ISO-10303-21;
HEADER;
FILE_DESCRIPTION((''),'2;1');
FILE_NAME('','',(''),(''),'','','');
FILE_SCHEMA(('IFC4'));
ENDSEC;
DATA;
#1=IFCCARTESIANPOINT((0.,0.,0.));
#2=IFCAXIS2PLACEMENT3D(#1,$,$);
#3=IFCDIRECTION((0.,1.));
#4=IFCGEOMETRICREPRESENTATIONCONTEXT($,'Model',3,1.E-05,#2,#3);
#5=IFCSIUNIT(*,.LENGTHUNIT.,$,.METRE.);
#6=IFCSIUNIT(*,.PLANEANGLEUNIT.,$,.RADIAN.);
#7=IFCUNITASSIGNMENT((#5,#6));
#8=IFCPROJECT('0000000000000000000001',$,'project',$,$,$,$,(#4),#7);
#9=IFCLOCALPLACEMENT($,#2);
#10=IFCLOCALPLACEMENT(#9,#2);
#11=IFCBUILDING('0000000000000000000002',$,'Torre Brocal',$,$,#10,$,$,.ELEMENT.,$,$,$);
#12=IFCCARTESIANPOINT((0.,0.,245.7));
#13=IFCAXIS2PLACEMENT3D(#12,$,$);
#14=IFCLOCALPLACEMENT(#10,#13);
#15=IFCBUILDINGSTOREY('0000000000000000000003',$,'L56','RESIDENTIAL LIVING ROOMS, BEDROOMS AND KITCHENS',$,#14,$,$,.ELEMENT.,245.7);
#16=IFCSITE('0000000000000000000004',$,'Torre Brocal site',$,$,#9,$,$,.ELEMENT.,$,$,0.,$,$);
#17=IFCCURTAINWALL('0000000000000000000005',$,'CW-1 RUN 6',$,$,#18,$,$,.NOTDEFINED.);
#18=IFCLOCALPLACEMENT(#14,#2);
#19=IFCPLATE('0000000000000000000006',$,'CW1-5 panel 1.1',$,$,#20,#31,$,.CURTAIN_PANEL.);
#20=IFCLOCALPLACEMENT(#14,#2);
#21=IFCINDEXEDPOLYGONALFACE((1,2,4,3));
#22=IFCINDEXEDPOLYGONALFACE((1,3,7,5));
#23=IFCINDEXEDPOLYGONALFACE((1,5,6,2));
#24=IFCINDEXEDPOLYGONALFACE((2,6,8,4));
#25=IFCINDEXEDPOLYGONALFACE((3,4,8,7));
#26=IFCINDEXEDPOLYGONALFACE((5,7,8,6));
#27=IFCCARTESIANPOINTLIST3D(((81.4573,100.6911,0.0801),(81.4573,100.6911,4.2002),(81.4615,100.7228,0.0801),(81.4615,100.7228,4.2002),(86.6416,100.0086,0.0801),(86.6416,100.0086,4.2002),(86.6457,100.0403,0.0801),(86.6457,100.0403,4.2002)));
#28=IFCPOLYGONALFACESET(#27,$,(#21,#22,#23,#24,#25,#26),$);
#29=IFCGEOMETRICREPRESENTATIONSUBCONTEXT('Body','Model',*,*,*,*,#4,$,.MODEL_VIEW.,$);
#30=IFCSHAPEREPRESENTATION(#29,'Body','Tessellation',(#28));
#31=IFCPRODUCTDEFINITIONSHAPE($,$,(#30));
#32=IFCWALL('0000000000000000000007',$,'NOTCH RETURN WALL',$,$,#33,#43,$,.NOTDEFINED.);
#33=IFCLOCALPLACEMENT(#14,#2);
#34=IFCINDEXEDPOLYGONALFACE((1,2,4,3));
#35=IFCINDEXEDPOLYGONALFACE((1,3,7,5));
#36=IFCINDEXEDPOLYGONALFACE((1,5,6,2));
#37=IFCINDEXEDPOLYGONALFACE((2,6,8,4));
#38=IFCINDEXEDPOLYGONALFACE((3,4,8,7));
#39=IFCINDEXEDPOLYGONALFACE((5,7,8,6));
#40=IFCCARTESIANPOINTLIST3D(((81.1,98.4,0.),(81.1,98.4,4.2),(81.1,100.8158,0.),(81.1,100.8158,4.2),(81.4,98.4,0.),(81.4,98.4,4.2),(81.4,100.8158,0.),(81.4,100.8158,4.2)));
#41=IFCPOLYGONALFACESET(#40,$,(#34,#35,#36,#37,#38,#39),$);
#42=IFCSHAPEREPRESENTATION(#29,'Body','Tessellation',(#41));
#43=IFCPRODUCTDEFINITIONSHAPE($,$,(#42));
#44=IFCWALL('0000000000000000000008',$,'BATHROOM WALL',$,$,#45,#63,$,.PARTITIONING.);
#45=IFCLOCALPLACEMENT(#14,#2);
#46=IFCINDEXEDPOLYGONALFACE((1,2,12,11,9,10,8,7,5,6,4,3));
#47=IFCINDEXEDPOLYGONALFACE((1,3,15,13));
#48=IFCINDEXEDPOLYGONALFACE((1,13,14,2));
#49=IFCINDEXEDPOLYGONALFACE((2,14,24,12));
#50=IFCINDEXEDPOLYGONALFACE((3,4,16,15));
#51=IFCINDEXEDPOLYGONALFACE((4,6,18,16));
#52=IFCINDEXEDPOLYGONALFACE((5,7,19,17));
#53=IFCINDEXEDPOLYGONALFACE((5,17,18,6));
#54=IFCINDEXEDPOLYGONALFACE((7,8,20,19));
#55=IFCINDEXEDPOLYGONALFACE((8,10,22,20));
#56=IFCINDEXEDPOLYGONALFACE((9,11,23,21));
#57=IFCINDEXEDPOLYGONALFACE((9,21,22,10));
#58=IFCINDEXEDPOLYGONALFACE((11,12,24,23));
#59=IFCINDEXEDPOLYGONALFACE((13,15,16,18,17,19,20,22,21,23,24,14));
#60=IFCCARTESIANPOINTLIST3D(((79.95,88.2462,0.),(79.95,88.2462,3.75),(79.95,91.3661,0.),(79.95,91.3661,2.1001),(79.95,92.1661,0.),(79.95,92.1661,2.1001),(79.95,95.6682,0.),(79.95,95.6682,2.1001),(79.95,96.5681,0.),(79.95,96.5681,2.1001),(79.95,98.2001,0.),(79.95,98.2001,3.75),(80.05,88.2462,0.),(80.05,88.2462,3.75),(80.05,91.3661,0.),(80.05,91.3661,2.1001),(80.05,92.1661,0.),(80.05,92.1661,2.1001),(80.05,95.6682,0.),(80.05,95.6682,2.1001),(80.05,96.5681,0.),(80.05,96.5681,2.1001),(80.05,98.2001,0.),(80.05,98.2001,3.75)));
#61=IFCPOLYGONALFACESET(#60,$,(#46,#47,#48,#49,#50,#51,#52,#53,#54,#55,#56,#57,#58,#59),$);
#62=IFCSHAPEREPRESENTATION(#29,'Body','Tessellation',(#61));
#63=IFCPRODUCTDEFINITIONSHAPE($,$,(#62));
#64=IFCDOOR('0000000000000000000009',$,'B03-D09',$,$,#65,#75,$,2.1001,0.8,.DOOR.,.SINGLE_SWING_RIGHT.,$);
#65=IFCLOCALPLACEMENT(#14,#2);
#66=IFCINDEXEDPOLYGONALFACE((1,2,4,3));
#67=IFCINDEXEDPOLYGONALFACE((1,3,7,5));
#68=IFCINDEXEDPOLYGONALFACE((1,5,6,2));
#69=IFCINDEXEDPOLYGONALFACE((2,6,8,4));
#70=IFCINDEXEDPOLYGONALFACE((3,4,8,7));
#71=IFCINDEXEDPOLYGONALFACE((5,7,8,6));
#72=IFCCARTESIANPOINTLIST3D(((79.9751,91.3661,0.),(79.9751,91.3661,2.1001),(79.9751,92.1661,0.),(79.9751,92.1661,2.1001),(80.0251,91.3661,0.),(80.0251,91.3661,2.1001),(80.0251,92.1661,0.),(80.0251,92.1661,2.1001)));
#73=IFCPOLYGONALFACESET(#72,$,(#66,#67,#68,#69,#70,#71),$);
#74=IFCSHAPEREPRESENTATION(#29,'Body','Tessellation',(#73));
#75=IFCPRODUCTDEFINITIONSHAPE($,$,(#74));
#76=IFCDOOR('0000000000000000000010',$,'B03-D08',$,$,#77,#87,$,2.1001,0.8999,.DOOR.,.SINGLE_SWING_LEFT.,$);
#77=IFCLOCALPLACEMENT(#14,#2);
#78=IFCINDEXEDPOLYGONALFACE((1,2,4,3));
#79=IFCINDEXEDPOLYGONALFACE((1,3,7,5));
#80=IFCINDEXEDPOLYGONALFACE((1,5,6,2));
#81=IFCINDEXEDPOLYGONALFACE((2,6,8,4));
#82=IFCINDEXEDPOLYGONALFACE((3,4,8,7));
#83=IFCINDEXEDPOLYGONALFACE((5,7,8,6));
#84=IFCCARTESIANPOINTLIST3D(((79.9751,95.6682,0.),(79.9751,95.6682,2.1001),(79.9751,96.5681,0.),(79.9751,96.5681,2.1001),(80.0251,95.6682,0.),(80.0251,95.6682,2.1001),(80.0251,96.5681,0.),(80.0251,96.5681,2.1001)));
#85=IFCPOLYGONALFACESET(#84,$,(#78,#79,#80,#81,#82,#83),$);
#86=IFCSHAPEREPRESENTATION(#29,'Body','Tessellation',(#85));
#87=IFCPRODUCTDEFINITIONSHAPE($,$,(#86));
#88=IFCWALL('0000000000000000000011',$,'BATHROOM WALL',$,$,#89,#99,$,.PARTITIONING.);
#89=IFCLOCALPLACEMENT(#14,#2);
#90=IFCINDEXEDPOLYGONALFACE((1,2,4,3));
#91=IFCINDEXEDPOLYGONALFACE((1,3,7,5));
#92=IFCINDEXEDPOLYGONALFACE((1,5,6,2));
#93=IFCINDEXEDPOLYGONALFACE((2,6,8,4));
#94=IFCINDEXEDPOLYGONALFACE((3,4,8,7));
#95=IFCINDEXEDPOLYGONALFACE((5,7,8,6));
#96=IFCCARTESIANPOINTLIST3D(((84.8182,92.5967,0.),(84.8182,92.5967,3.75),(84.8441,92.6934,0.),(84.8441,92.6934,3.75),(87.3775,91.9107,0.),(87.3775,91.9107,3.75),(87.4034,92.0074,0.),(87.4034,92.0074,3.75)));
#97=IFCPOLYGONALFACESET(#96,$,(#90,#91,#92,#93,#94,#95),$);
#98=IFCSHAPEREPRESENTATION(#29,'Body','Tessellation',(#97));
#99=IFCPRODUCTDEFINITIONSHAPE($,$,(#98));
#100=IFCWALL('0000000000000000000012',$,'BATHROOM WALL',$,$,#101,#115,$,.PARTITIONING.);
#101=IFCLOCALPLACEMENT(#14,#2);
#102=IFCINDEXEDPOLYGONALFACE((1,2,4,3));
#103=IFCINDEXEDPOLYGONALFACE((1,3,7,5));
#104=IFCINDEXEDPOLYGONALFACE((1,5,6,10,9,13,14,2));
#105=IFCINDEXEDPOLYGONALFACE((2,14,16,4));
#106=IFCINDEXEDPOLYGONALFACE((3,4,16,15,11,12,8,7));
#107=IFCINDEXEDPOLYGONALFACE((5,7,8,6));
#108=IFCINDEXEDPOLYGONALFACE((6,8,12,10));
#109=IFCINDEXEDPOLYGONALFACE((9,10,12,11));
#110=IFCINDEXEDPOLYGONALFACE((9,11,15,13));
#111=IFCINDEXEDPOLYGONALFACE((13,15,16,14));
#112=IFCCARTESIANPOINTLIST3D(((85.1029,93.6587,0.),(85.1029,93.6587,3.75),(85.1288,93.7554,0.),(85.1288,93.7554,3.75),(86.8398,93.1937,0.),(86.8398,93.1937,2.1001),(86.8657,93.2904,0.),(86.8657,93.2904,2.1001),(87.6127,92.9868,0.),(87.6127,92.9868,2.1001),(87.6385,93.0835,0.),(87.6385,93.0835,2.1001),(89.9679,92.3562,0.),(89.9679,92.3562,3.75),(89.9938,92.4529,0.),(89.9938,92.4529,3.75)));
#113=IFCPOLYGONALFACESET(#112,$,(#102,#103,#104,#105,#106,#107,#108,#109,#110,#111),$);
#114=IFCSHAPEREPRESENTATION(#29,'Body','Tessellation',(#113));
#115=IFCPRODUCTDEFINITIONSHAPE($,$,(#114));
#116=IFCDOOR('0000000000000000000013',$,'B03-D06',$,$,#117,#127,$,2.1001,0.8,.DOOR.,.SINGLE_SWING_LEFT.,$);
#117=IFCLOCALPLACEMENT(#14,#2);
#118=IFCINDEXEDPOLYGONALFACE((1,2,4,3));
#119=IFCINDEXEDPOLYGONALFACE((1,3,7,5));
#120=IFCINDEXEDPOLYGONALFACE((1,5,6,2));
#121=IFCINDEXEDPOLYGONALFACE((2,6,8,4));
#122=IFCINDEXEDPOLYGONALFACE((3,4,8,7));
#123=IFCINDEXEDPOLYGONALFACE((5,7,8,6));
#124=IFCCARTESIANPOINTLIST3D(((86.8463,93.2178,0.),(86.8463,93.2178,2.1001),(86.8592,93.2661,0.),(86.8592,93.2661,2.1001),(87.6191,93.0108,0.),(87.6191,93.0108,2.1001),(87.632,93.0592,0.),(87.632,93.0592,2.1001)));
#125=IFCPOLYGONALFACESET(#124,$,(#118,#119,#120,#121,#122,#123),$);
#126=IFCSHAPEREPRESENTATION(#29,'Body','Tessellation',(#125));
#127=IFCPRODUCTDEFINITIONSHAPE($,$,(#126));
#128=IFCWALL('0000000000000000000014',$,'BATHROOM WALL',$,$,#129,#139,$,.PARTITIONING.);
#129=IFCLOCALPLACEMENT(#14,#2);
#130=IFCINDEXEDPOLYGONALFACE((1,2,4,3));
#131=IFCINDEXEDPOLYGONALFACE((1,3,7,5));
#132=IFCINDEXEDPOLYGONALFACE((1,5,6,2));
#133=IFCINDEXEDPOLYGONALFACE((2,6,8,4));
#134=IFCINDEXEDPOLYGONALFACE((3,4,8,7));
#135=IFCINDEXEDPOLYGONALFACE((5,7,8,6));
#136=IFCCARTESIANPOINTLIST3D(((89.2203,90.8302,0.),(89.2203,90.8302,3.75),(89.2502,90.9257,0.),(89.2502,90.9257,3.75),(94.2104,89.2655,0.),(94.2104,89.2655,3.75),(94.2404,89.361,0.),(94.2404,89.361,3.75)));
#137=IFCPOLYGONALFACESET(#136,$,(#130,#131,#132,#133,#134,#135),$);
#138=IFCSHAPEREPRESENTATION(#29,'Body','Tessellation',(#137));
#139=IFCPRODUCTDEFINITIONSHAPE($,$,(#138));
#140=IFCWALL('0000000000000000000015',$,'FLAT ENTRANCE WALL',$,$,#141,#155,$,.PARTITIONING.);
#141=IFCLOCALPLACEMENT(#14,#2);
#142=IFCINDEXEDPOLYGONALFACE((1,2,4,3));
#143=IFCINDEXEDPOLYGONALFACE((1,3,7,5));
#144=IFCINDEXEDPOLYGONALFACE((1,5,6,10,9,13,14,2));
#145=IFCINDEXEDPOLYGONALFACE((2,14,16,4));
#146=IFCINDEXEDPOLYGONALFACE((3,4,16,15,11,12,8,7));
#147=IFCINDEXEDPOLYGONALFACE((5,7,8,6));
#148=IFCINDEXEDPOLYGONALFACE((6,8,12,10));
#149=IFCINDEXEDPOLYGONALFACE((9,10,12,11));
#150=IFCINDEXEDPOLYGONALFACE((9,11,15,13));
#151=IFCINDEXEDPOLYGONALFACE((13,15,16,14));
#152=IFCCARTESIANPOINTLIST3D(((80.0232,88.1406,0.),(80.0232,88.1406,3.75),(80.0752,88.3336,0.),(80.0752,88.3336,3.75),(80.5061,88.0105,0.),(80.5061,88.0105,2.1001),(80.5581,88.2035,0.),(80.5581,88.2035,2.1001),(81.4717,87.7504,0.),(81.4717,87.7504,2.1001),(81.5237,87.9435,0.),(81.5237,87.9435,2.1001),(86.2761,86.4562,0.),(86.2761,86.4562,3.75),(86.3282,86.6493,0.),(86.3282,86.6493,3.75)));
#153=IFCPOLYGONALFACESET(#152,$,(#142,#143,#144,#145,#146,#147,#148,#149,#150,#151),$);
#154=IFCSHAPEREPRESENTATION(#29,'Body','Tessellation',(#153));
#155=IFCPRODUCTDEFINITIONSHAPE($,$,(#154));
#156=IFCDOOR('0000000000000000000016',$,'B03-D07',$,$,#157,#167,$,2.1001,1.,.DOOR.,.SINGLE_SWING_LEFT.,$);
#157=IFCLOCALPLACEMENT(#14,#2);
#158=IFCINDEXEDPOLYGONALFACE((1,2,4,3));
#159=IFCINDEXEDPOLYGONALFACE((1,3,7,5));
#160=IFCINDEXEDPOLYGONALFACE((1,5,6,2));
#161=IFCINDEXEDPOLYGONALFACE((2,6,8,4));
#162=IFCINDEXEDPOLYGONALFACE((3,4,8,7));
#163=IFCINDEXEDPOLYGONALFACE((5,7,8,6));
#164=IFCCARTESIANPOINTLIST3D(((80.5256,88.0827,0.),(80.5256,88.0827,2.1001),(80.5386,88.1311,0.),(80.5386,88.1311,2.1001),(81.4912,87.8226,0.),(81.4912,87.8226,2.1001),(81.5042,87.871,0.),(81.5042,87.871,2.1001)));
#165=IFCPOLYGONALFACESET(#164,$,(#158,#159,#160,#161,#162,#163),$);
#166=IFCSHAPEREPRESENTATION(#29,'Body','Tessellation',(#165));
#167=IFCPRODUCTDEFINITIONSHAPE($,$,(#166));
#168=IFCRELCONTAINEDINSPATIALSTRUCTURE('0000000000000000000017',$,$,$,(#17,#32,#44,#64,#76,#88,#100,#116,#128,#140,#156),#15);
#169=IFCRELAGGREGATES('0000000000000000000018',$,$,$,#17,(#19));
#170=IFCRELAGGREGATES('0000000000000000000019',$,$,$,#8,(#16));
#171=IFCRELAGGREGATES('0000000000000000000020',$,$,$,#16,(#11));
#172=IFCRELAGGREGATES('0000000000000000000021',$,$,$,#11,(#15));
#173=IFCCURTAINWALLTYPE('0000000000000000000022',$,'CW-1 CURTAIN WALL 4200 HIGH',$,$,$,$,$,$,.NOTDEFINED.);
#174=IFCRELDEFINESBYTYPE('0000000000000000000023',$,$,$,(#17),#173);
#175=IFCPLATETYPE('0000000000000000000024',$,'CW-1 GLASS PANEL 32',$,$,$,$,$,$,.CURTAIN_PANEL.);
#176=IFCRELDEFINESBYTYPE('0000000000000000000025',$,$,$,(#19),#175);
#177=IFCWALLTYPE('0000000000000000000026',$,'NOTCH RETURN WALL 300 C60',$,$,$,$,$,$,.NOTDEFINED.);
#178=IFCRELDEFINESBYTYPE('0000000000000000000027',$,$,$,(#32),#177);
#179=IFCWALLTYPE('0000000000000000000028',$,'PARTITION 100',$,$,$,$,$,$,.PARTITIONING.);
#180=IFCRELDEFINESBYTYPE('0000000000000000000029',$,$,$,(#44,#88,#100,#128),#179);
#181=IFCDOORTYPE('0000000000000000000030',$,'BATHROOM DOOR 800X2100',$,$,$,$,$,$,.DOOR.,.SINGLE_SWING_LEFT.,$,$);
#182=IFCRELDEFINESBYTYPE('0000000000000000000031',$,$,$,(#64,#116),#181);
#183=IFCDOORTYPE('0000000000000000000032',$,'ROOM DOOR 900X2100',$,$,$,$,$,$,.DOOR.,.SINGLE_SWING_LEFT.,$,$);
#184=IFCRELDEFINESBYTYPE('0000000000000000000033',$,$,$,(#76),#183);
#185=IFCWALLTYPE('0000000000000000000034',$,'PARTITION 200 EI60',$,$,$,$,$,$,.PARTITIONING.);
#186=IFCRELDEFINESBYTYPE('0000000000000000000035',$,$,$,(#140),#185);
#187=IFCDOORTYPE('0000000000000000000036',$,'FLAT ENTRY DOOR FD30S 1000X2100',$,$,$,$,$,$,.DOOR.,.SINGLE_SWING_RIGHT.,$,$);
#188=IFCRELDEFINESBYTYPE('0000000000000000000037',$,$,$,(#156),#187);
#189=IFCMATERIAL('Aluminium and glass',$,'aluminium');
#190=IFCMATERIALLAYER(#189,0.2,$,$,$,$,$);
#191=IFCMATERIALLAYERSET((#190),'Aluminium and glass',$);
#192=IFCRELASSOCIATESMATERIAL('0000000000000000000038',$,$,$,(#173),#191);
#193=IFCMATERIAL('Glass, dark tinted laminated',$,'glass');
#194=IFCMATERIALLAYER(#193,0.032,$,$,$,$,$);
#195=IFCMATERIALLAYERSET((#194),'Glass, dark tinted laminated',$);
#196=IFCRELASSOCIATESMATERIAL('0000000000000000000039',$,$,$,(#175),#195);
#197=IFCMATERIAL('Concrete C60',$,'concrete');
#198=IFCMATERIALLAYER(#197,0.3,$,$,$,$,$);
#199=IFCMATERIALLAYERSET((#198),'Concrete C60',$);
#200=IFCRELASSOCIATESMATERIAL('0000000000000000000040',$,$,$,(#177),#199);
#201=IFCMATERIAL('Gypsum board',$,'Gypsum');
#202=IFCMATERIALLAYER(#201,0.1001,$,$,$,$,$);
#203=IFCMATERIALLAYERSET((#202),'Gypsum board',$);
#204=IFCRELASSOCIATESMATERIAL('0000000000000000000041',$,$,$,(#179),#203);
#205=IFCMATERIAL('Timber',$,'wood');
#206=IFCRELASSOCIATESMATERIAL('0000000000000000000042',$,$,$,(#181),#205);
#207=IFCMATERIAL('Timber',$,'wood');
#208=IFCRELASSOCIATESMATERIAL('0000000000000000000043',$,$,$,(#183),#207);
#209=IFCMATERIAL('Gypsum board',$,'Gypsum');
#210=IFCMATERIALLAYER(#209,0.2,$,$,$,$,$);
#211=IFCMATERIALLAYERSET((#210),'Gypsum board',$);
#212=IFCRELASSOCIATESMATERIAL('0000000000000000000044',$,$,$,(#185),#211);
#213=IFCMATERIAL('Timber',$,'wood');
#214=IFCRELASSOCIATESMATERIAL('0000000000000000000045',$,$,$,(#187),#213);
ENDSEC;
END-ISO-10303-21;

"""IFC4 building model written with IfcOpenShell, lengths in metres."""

from ifc_helpers import new_model, si_unit, direction, frame, frame_2d, origin, origin_2d, place, context, subcontext, project, spatial, rectangle, extrude, material, layer, layer_set, type_object, element, fill, aggregate, save


model = new_model("IFC4")

# Units and contexts
model_context = context("Model", 3, precision=1e-05, world=origin(), true_north=direction((0.0, 1.0)))
body_context = subcontext(model_context, "Body", "Model", "MODEL_VIEW")
ifc_project = project(units=[si_unit("LENGTHUNIT", "METRE"), si_unit("PLANEANGLEUNIT", "RADIAN")], contexts=[model_context])

# Site, building, storey
site_placement = place(None, origin())
site = spatial("IfcSite", under=ifc_project, at=site_placement, Name="Torre Brocal site", CompositionType="ELEMENT", RefElevation=0.0)
building_placement = place(site_placement, origin())
building = spatial("IfcBuilding", under=site, at=building_placement, Name="Torre Brocal", CompositionType="ELEMENT")
storey_placement = place(building_placement, frame((0.0, 0.0, 245.7)))
storey = spatial("IfcBuildingStorey", under=building, at=storey_placement, Name="L56", Description="RESIDENTIAL LIVING ROOMS, BEDROOMS AND KITCHENS", CompositionType="ELEMENT", Elevation=245.7)

# Shared definitions
ifc_material_1 = material(Name="Aluminium and glass", Category="aluminium")
ifc_layer_1 = layer(ifc_material_1, 0.2)
ifc_layer_set_1 = layer_set([ifc_layer_1], Name="Aluminium and glass")
curtain_wall_type = type_object("IfcCurtainWallType", Name="CW-1 CURTAIN WALL 4200 HIGH", PredefinedType="NOTDEFINED", material=ifc_layer_set_1)

# Curtain wall
curtain_wall_1_placement = place(storey_placement, origin())
curtain_wall_1 = element("IfcCurtainWall", 1, at=curtain_wall_1_placement, inside=storey, type_object=curtain_wall_type, Name="CW-1 RUN 6", PredefinedType="NOTDEFINED")

# Plate
ifc_material_2 = material(Name="Glass, dark tinted laminated", Category="glass")
ifc_layer_2 = layer(ifc_material_2, 0.032)
ifc_layer_set_2 = layer_set([ifc_layer_2], Name="Glass, dark tinted laminated")
plate_type = type_object("IfcPlateType", Name="CW-1 GLASS PANEL 32", PredefinedType="CURTAIN_PANEL", material=ifc_layer_set_2)
plate_1_placement = place(storey_placement, frame((84.0515, 100.3657, 0.0801), z_axis=(0.0, 0.0, 1.0), x_axis=(-0.991445, 0.130526, 0.0)))
plate_1 = element("IfcPlate", 2, at=plate_1_placement, type_object=plate_type, Name="CW1-5 panel 1.1", PredefinedType="CURTAIN_PANEL", context=body_context, shape_type="SweptSolid", body=[
    extrude(rectangle(XDim=5.229, YDim=0.032, at=origin_2d()), origin(), (0.0, 0.0, 1.0), 4.1201),
])
aggregate(curtain_wall_1, [plate_1])

# Wall
ifc_material_3 = material(Name="Concrete C60", Category="concrete")
ifc_layer_3 = layer(ifc_material_3, 0.3)
ifc_layer_set_3 = layer_set([ifc_layer_3], Name="Concrete C60")
wall_type_1 = type_object("IfcWallType", Name="NOTCH RETURN WALL 300 C60", PredefinedType="NOTDEFINED", material=ifc_layer_set_3)
wall_1_placement = place(storey_placement, frame((81.25, 98.3999, 0.0), z_axis=(0.0, 0.0, 1.0), x_axis=(0.0, 1.0, 0.0)))
element("IfcWall", 3, at=wall_1_placement, inside=storey, type_object=wall_type_1, Name="NOTCH RETURN WALL", PredefinedType="NOTDEFINED", context=body_context, shape_type="SweptSolid", body=[
    extrude(rectangle(XDim=2.4158, YDim=0.3, at=frame_2d((1.208, 0.0))), origin(), (0.0, 0.0, 1.0), 4.2),
])

# Wall, openings, doors
ifc_material_4 = material(Name="Gypsum board", Category="Gypsum")
ifc_layer_4 = layer(ifc_material_4, 0.1001)
ifc_layer_set_4 = layer_set([ifc_layer_4], Name="Gypsum board")
wall_type_2 = type_object("IfcWallType", Name="PARTITION 100", PredefinedType="PARTITIONING", material=ifc_layer_set_4)
wall_2_placement = place(storey_placement, frame((80.0, 88.2461, 0.0), z_axis=(0.0, 0.0, 1.0), x_axis=(0.0, 1.0, 0.0)))
wall_2 = element("IfcWall", 4, at=wall_2_placement, inside=storey, type_object=wall_type_2, Name="BATHROOM WALL", PredefinedType="PARTITIONING", context=body_context, shape_type="SweptSolid", body=[
    extrude(rectangle(XDim=9.9539, YDim=0.1001, at=frame_2d((4.9771, 0.0))), origin(), (0.0, 0.0, 1.0), 3.75),
])
opening_1_placement = place(wall_2_placement, frame((7.4221, 0.0, 0.0)))
opening_1 = element("IfcOpeningElement", 5, at=opening_1_placement, cuts=wall_2, PredefinedType="OPENING", context=body_context, shape_type="SweptSolid", body=[
    extrude(rectangle(XDim=0.8999, YDim=2.1001, at=frame_2d((0.45, 1.05))), frame((0.0, 0.0601, 0.0), z_axis=(0.0, -1.0, 0.0), x_axis=(1.0, 0.0, 0.0)), (0.0, 0.0, 1.0), 0.1201),
])
opening_2_placement = place(wall_2_placement, frame((3.1201, 0.0, 0.0)))
opening_2 = element("IfcOpeningElement", 6, at=opening_2_placement, cuts=wall_2, PredefinedType="OPENING", context=body_context, shape_type="SweptSolid", body=[
    extrude(rectangle(XDim=0.8, YDim=2.1001, at=frame_2d((0.3999, 1.05))), frame((0.0, 0.0601, 0.0), z_axis=(0.0, -1.0, 0.0), x_axis=(1.0, 0.0, 0.0)), (0.0, 0.0, 1.0), 0.1201),
])
ifc_material_5 = material(Name="Timber", Category="wood")
door_type_1 = type_object("IfcDoorType", Name="BATHROOM DOOR 800X2100", OperationType="SINGLE_SWING_LEFT", PredefinedType="DOOR", material=ifc_material_5)
door_1_placement = place(opening_2_placement, origin())
door_1 = element("IfcDoor", 7, at=door_1_placement, inside=storey, type_object=door_type_1, Name="B03-D09", OperationType="SINGLE_SWING_RIGHT", OverallHeight=2.1001, OverallWidth=0.8, PredefinedType="DOOR", context=body_context, shape_type="SweptSolid", body=[
    extrude(rectangle(XDim=0.8, YDim=2.1001, at=frame_2d((0.3999, 1.05))), frame((0.0, 0.0249, 0.0), z_axis=(0.0, -1.0, 0.0), x_axis=(1.0, 0.0, 0.0)), (0.0, 0.0, 1.0), 0.05),
])
fill(opening_2, door_1)
ifc_material_6 = material(Name="Timber", Category="wood")
door_type_2 = type_object("IfcDoorType", Name="ROOM DOOR 900X2100", OperationType="SINGLE_SWING_LEFT", PredefinedType="DOOR", material=ifc_material_6)
door_2_placement = place(opening_1_placement, origin())
door_2 = element("IfcDoor", 8, at=door_2_placement, inside=storey, type_object=door_type_2, Name="B03-D08", OperationType="SINGLE_SWING_LEFT", OverallHeight=2.1001, OverallWidth=0.8999, PredefinedType="DOOR", context=body_context, shape_type="SweptSolid", body=[
    extrude(rectangle(XDim=0.8999, YDim=2.1001, at=frame_2d((0.45, 1.05))), frame((0.0, 0.0249, 0.0), z_axis=(0.0, -1.0, 0.0), x_axis=(1.0, 0.0, 0.0)), (0.0, 0.0, 1.0), 0.05),
])
fill(opening_1, door_2)

# Wall
wall_3_placement = place(storey_placement, frame((84.8313, 92.645, 0.0), z_axis=(0.0, 0.0, 1.0), x_axis=(0.965901, -0.258913, 0.0)))
element("IfcWall", 9, at=wall_3_placement, inside=storey, type_object=wall_type_2, Name="BATHROOM WALL", PredefinedType="PARTITIONING", context=body_context, shape_type="SweptSolid", body=[
    extrude(rectangle(XDim=2.6497, YDim=0.1001, at=frame_2d((1.3247, 0.0))), origin(), (0.0, 0.0, 1.0), 3.75),
])

# Wall, opening, door
wall_4_placement = place(storey_placement, frame((85.116, 93.707, 0.0), z_axis=(0.0, 0.0, 1.0), x_axis=(0.965979, -0.258619, 0.0)))
wall_4 = element("IfcWall", 10, at=wall_4_placement, inside=storey, type_object=wall_type_2, Name="BATHROOM WALL", PredefinedType="PARTITIONING", context=body_context, shape_type="SweptSolid", body=[
    extrude(rectangle(XDim=5.0364, YDim=0.1001, at=frame_2d((2.5181, 0.0))), origin(), (0.0, 0.0, 1.0), 3.75),
])
opening_3_placement = place(wall_4_placement, frame((1.7981, 0.0, 0.0)))
opening_3 = element("IfcOpeningElement", 11, at=opening_3_placement, cuts=wall_4, PredefinedType="OPENING", context=body_context, shape_type="SweptSolid", body=[
    extrude(rectangle(XDim=0.8, YDim=2.1001, at=frame_2d((0.3999, 1.05))), frame((0.0, 0.0601, 0.0), z_axis=(0.0, -1.0, 0.0), x_axis=(1.0, 0.0, 0.0)), (0.0, 0.0, 1.0), 0.1201),
])
door_3_placement = place(opening_3_placement, origin())
door_3 = element("IfcDoor", 12, at=door_3_placement, inside=storey, type_object=door_type_1, Name="B03-D06", OperationType="SINGLE_SWING_LEFT", OverallHeight=2.1001, OverallWidth=0.8, PredefinedType="DOOR", context=body_context, shape_type="SweptSolid", body=[
    extrude(rectangle(XDim=0.8, YDim=2.1001, at=frame_2d((0.3999, 1.05))), frame((0.0, 0.0249, 0.0), z_axis=(0.0, -1.0, 0.0), x_axis=(1.0, 0.0, 0.0)), (0.0, 0.0, 1.0), 0.05),
])
fill(opening_3, door_3)

# Wall
wall_5_placement = place(storey_placement, frame((89.2354, 90.8779, 0.0), z_axis=(0.0, 0.0, 1.0), x_axis=(0.954194, -0.299189, 0.0)))
element("IfcWall", 13, at=wall_5_placement, inside=storey, type_object=wall_type_2, Name="BATHROOM WALL", PredefinedType="PARTITIONING", context=body_context, shape_type="SweptSolid", body=[
    extrude(rectangle(XDim=5.2297, YDim=0.1001, at=frame_2d((2.6147, 0.0))), origin(), (0.0, 0.0, 1.0), 3.75),
])

# Wall, opening, door
ifc_material_7 = material(Name="Gypsum board", Category="Gypsum")
ifc_layer_5 = layer(ifc_material_7, 0.2)
ifc_layer_set_5 = layer_set([ifc_layer_5], Name="Gypsum board")
wall_type_3 = type_object("IfcWallType", Name="PARTITION 200 EI60", PredefinedType="PARTITIONING", material=ifc_layer_set_5)
wall_6_placement = place(storey_placement, frame((80.0493, 88.2371, 0.0), z_axis=(0.0, 0.0, 1.0), x_axis=(0.965583, -0.260095, 0.0)))
wall_6 = element("IfcWall", 14, at=wall_6_placement, inside=storey, type_object=wall_type_3, Name="FLAT ENTRANCE WALL", PredefinedType="PARTITIONING", context=body_context, shape_type="SweptSolid", body=[
    extrude(rectangle(XDim=6.4758, YDim=0.2, at=frame_2d((3.2378, 0.0))), origin(), (0.0, 0.0, 1.0), 3.75),
])
opening_4_placement = place(wall_6_placement, frame((0.5, 0.0, 0.0)))
opening_4 = element("IfcOpeningElement", 15, at=opening_4_placement, cuts=wall_6, PredefinedType="OPENING", context=body_context, shape_type="SweptSolid", body=[
    extrude(rectangle(XDim=1.0, YDim=2.1001, at=frame_2d((0.5, 1.05))), frame((0.0, 0.1099, 0.0), z_axis=(0.0, -1.0, 0.0), x_axis=(1.0, 0.0, 0.0)), (0.0, 0.0, 1.0), 0.22),
])
ifc_material_8 = material(Name="Timber", Category="wood")
door_type_3 = type_object("IfcDoorType", Name="FLAT ENTRY DOOR FD30S 1000X2100", OperationType="SINGLE_SWING_RIGHT", PredefinedType="DOOR", material=ifc_material_8)
door_4_placement = place(opening_4_placement, origin())
door_4 = element("IfcDoor", 16, at=door_4_placement, inside=storey, type_object=door_type_3, Name="B03-D07", OperationType="SINGLE_SWING_LEFT", OverallHeight=2.1001, OverallWidth=1.0, PredefinedType="DOOR", context=body_context, shape_type="SweptSolid", body=[
    extrude(rectangle(XDim=1.0, YDim=2.1001, at=frame_2d((0.5, 1.05))), frame((0.0, 0.0249, 0.0), z_axis=(0.0, -1.0, 0.0), x_axis=(1.0, 0.0, 0.0)), (0.0, 0.0, 1.0), 0.05),
])
fill(opening_4, door_4)

save(model, "model.ifc")
